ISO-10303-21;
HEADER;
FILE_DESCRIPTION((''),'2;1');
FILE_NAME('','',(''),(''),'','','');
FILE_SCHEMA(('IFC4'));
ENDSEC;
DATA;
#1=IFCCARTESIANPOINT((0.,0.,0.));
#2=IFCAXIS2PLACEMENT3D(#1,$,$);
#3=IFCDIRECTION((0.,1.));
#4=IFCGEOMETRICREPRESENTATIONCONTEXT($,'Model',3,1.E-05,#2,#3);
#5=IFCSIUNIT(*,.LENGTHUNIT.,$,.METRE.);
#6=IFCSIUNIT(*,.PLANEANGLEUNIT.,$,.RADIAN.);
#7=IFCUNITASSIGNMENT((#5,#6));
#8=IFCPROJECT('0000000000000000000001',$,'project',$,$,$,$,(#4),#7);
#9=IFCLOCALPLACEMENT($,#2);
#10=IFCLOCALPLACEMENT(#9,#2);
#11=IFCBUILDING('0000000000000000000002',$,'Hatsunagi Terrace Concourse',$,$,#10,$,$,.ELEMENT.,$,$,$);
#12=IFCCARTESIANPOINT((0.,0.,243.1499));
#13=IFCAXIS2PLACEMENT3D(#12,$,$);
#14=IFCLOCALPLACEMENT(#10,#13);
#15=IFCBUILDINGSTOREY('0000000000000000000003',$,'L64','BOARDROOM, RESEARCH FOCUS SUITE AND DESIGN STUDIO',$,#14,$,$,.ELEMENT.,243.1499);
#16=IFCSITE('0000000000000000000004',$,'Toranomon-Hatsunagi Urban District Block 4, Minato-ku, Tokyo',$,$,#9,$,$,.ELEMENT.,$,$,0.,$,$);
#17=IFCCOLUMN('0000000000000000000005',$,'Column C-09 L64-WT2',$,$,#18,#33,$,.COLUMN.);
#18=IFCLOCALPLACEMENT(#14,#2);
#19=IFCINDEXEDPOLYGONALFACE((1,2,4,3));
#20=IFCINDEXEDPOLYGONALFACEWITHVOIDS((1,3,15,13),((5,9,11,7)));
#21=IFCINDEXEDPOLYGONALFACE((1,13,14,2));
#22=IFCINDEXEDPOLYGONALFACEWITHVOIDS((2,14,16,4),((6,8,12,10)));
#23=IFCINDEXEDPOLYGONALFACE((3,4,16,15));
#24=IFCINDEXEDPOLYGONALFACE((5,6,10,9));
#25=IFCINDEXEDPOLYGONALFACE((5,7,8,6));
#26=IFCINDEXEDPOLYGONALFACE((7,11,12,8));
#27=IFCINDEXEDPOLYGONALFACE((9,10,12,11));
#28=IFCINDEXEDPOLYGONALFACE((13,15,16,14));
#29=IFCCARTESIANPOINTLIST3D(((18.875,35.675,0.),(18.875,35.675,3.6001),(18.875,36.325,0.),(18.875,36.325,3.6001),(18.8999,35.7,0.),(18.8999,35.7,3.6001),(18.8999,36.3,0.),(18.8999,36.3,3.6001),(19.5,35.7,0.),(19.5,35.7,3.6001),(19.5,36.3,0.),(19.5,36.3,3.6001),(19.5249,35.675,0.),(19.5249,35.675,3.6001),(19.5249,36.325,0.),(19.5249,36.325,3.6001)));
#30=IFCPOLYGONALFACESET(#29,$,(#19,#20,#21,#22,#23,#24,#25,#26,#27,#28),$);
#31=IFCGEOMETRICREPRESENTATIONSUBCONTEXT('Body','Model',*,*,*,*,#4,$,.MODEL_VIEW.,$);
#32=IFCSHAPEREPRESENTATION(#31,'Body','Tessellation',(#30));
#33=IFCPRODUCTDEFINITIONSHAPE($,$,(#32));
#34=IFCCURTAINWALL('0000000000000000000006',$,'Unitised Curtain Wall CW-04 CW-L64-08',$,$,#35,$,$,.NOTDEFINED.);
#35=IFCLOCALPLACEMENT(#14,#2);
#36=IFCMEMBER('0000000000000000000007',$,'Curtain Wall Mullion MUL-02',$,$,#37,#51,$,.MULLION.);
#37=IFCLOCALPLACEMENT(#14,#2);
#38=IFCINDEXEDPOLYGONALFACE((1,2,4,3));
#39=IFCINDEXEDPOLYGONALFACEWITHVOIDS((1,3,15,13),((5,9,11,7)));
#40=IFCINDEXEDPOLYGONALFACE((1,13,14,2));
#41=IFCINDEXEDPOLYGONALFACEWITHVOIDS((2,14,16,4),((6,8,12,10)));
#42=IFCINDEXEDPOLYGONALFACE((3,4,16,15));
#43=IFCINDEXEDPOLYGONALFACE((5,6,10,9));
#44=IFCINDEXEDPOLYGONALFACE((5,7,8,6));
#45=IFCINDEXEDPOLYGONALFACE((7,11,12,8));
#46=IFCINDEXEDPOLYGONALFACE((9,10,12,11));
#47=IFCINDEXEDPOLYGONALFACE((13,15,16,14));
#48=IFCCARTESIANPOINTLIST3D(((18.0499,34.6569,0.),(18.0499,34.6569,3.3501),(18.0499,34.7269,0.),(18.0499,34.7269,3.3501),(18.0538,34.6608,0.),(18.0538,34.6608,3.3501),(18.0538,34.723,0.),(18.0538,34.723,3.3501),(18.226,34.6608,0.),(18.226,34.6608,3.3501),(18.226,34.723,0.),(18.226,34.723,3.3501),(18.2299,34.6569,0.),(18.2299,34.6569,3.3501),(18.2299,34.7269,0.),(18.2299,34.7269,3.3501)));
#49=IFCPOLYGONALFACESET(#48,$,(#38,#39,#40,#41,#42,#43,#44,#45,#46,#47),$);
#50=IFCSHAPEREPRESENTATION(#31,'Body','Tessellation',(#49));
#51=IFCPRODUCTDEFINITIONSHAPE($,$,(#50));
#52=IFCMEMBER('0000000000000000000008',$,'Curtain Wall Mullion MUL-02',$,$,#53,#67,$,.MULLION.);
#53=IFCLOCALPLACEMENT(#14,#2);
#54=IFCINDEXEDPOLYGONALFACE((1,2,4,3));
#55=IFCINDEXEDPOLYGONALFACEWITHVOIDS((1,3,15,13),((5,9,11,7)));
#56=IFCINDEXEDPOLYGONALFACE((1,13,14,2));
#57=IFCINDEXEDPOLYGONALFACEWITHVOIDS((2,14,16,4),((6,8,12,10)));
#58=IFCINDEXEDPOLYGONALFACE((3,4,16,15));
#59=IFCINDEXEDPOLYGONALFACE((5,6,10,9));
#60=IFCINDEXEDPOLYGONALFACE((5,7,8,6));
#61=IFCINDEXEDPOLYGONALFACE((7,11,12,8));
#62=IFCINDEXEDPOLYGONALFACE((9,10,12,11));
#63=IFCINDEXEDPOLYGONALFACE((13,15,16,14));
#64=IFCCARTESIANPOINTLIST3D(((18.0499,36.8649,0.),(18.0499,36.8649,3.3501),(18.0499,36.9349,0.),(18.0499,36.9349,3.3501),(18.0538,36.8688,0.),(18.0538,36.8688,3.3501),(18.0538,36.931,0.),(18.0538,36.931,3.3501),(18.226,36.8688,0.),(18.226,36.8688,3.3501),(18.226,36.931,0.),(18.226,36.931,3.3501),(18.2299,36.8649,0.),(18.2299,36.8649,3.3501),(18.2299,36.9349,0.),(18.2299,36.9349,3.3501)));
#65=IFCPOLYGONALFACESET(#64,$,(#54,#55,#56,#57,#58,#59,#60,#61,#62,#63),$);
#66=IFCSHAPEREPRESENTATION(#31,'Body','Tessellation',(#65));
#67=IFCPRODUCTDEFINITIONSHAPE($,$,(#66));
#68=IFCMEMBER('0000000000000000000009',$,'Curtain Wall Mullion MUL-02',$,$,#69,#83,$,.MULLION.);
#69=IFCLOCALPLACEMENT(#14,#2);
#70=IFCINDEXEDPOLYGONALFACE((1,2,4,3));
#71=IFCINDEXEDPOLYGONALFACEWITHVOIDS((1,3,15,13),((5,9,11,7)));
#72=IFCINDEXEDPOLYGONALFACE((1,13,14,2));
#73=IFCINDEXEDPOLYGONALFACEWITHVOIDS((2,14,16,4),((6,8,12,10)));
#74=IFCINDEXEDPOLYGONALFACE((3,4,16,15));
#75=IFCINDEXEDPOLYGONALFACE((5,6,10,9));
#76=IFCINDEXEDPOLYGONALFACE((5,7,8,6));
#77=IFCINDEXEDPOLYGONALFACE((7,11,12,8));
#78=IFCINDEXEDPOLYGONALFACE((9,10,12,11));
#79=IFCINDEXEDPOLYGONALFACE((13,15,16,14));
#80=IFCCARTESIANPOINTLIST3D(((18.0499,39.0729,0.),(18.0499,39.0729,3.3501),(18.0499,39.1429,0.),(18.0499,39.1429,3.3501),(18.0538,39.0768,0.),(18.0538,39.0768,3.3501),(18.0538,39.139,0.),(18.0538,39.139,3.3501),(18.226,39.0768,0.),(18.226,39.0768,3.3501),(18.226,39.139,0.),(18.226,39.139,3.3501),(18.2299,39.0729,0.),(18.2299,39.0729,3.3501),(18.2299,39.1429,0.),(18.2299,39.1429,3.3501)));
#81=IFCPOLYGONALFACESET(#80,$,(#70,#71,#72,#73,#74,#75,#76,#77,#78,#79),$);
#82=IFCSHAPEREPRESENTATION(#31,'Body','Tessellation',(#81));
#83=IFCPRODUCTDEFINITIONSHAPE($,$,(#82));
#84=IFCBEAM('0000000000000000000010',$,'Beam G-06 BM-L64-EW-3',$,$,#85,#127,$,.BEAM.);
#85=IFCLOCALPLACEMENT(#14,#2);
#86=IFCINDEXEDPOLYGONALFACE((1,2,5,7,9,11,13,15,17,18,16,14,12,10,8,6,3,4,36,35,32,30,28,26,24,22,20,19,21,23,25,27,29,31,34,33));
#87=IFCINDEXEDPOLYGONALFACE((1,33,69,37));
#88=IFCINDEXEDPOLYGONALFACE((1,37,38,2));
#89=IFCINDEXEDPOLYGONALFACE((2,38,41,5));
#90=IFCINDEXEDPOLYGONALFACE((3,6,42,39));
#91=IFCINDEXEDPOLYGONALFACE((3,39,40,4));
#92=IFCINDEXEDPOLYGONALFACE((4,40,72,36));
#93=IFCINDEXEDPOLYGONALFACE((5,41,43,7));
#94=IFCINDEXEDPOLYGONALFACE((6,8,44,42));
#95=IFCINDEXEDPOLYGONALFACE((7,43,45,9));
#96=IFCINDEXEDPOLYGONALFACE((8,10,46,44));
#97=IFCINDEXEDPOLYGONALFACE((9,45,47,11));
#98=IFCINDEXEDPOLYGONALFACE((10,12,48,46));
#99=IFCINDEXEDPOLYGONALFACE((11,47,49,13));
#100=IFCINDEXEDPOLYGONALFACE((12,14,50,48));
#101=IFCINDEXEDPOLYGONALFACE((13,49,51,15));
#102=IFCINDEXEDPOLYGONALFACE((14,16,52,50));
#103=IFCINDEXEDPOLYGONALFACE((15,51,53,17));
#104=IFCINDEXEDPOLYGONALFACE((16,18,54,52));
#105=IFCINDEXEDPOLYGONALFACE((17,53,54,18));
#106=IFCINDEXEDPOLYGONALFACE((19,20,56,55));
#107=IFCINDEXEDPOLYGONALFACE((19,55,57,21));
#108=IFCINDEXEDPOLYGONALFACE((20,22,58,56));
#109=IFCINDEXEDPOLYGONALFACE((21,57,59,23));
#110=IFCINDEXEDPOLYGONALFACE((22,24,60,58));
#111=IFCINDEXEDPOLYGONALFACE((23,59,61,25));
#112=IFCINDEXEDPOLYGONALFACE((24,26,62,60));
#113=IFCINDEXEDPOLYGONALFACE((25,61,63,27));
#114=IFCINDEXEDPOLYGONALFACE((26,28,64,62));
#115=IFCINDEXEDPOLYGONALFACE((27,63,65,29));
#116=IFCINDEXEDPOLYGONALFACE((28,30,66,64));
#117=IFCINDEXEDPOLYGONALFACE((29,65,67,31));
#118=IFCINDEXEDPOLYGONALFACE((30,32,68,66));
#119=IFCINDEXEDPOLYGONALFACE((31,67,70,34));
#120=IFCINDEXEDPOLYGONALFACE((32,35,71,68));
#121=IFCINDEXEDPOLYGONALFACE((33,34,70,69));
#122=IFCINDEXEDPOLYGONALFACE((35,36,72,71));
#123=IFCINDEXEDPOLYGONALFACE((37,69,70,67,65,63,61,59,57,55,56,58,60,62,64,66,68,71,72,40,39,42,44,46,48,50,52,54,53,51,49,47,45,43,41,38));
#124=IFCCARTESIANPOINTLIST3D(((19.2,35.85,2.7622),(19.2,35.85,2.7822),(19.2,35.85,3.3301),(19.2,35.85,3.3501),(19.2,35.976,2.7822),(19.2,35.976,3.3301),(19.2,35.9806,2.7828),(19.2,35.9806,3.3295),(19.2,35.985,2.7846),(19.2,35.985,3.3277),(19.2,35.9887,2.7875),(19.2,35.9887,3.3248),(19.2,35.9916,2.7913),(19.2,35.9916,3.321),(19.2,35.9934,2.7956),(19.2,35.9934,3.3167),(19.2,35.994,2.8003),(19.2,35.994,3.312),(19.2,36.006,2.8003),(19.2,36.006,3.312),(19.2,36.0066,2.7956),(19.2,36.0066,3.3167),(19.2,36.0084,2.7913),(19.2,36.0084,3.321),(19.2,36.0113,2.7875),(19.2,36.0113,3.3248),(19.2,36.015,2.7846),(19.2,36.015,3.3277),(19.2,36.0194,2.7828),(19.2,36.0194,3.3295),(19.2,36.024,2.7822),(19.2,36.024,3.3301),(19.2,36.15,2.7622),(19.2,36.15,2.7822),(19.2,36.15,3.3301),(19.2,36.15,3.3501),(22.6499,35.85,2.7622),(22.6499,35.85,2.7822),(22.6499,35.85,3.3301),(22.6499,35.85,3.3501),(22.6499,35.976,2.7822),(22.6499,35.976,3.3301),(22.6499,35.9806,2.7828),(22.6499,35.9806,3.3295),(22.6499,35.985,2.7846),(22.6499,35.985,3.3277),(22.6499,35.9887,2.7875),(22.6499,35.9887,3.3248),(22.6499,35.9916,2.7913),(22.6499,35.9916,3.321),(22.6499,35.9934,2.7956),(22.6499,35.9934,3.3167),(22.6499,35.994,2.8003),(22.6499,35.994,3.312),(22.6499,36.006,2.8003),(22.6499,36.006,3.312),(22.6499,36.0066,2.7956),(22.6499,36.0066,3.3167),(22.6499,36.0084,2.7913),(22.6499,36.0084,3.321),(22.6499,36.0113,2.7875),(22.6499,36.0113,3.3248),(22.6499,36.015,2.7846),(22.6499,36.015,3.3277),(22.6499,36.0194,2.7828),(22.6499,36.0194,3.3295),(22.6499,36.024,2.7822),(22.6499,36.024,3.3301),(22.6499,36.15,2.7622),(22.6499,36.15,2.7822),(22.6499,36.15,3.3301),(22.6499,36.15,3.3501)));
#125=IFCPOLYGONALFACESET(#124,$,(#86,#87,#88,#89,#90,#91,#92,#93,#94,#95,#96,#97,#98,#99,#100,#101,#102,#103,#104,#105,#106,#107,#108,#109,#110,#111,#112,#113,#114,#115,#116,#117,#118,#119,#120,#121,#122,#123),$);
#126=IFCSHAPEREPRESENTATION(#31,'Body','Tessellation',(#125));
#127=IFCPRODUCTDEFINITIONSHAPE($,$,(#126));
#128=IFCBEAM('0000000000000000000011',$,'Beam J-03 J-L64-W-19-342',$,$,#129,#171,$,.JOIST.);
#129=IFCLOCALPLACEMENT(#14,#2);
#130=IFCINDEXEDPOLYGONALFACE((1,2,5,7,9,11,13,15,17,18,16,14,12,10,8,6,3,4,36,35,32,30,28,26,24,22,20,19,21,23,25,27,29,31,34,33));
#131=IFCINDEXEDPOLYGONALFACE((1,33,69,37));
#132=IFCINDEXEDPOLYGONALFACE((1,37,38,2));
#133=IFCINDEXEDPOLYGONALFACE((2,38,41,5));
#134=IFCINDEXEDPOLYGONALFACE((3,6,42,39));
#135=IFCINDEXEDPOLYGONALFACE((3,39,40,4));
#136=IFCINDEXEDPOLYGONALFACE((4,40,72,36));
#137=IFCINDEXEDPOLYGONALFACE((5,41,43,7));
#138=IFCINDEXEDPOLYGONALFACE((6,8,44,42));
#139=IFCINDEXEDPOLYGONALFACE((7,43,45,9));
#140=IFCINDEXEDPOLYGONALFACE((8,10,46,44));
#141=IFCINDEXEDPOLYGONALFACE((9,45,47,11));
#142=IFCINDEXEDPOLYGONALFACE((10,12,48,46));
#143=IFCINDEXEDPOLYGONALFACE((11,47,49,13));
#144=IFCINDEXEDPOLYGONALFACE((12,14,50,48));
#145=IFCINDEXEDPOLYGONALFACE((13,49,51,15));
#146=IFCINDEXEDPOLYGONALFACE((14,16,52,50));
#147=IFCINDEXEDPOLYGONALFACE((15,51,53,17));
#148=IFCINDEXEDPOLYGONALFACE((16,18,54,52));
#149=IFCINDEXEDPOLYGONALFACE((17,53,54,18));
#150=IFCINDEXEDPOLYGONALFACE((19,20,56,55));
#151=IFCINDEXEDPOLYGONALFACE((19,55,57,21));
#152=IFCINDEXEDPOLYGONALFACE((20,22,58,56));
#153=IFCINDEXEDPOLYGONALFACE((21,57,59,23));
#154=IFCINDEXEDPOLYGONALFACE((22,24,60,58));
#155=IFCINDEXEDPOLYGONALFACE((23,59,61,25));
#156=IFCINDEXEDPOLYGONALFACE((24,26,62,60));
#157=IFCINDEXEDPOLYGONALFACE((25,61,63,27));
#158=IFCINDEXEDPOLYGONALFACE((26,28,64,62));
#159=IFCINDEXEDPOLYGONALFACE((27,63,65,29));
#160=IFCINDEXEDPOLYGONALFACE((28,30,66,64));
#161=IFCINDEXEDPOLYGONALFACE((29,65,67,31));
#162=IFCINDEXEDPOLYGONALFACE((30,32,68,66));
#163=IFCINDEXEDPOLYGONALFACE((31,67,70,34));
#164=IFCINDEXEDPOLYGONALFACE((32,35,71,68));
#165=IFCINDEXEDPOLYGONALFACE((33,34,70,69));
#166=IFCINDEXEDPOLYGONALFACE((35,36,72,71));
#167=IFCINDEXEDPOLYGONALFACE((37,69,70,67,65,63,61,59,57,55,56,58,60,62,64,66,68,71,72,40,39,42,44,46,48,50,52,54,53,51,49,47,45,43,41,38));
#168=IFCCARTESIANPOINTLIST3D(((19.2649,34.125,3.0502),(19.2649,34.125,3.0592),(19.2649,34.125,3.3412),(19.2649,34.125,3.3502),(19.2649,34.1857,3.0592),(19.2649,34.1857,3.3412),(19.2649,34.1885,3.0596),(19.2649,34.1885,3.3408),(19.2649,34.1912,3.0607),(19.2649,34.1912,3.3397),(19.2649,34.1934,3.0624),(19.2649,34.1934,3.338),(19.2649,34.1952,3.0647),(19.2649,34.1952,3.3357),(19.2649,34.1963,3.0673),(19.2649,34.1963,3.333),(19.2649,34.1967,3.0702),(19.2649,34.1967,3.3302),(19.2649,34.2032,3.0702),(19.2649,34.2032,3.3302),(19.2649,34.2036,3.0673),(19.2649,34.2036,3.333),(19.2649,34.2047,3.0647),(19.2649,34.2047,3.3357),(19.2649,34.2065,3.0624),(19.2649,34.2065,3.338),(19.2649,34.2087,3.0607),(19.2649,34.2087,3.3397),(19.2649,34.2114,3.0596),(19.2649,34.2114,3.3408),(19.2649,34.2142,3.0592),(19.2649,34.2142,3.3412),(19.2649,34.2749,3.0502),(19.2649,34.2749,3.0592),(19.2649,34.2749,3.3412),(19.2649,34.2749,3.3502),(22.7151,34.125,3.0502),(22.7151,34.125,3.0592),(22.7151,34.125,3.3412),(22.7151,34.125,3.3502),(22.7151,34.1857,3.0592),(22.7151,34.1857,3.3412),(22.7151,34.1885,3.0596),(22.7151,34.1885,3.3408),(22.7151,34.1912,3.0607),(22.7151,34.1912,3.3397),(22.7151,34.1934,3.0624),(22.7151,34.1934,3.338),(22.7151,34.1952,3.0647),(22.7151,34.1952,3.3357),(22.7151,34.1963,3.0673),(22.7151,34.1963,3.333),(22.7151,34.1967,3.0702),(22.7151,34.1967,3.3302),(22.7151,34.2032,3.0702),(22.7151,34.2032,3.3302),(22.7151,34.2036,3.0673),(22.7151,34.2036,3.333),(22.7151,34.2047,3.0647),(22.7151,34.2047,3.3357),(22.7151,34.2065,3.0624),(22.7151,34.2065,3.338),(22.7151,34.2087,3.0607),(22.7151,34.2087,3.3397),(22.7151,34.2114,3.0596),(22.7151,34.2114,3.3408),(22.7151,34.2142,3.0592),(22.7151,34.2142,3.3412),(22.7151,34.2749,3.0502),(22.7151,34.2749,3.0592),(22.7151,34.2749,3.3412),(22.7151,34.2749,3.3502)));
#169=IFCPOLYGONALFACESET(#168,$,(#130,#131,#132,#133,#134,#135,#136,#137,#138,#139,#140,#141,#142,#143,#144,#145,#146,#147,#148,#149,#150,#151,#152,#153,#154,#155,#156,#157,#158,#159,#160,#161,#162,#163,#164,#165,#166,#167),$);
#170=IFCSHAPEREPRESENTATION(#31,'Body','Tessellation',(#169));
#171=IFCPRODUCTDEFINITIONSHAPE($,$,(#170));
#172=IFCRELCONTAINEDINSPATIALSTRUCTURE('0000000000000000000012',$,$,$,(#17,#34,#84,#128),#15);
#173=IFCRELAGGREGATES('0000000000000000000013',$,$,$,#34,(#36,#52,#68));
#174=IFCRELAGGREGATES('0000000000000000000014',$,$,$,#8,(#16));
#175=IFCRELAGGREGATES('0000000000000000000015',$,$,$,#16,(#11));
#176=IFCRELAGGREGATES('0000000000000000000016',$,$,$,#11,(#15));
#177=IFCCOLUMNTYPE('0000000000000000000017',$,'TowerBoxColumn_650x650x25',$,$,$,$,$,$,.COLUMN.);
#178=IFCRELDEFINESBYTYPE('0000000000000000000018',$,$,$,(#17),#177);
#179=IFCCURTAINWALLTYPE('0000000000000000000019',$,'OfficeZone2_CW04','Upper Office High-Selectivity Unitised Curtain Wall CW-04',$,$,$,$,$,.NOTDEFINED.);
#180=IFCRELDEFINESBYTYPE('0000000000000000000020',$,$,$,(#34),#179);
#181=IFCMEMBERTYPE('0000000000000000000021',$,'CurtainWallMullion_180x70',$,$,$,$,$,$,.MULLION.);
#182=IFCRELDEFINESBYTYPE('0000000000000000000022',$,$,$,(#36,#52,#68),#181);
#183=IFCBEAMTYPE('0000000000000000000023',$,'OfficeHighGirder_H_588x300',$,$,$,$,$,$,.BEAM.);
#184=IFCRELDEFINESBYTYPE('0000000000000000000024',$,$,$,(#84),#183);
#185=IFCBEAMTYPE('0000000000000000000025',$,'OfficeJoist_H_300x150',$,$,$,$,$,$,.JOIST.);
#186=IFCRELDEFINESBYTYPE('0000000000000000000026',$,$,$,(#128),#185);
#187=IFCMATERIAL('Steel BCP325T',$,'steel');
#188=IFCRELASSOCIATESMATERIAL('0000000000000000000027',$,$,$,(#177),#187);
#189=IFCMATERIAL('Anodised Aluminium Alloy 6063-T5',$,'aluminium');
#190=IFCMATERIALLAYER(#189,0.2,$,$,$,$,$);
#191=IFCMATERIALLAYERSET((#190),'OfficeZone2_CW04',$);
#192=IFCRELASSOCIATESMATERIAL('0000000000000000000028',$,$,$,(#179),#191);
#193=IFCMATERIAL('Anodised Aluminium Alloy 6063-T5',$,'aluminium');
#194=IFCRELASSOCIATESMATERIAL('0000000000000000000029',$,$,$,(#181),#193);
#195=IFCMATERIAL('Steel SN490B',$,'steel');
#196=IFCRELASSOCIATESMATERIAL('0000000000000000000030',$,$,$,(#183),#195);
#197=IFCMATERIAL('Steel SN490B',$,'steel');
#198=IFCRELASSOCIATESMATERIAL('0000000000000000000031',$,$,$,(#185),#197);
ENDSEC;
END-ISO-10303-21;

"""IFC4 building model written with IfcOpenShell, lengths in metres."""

from ifc_helpers import new_model, si_unit, direction, frame, origin, origin_2d, place, context, subcontext, project, spatial, hollow_rectangle, i_section, extrude, material, layer, layer_set, material_profile, profile_set, type_object, element, aggregate, save


model = new_model("IFC4")

# Units and contexts
model_context = context("Model", 3, precision=1e-05, world=origin(), true_north=direction((0.0, 1.0)))
body_context = subcontext(model_context, "Body", "Model", "MODEL_VIEW")
ifc_project = project(units=[si_unit("LENGTHUNIT", "METRE"), si_unit("PLANEANGLEUNIT", "RADIAN")], contexts=[model_context])

# Site, building, storey
site_placement = place(None, origin())
site = spatial("IfcSite", under=ifc_project, at=site_placement, Name="Toranomon-Hatsunagi Urban District Block 4, Minato-ku, Tokyo", CompositionType="ELEMENT", RefElevation=0.0)
building_placement = place(site_placement, origin())
building = spatial("IfcBuilding", under=site, at=building_placement, Name="Hatsunagi Terrace Concourse", CompositionType="ELEMENT")
storey_placement = place(building_placement, frame((0.0, 0.0, 243.1499)))
storey = spatial("IfcBuildingStorey", under=building, at=storey_placement, Name="L64", Description="BOARDROOM, RESEARCH FOCUS SUITE AND DESIGN STUDIO", CompositionType="ELEMENT", Elevation=243.1499)

# Column
ifc_material_1 = material(Name="Steel BCP325T", Category="steel")
ifc_material_profile_1 = material_profile(ifc_material_1, hollow_rectangle(XDim=0.6499, YDim=0.6499, WallThickness=0.0249, at=origin_2d()), Name="BCP-650x650x25")
ifc_profile_set_1 = profile_set([ifc_material_profile_1], Name="Steel BCP325T")
column_type = type_object("IfcColumnType", Name="TowerBoxColumn_650x650x25", PredefinedType="COLUMN", material=ifc_profile_set_1)
column_placement = place(storey_placement, frame((19.2, 36.0, 0.0), z_axis=(0.0, 0.0, 1.0), x_axis=(1.0, 0.0, 0.0)))
element("IfcColumn", 1, at=column_placement, inside=storey, type_object=column_type, Name="Column C-09 L64-WT2", PredefinedType="COLUMN", context=body_context, shape_type="SweptSolid", body=[
    extrude(hollow_rectangle(XDim=0.6499, YDim=0.6499, WallThickness=0.0249, at=origin_2d()), origin(), (0.0, 0.0, 1.0), 3.6001),
])

# Curtain wall, members
ifc_material_2 = material(Name="Anodised Aluminium Alloy 6063-T5", Category="aluminium")
ifc_layer_1 = layer(ifc_material_2, 0.2)
ifc_layer_set_1 = layer_set([ifc_layer_1], Name="OfficeZone2_CW04")
curtain_wall_type = type_object("IfcCurtainWallType", Name="OfficeZone2_CW04", Description="Upper Office High-Selectivity Unitised Curtain Wall CW-04", PredefinedType="NOTDEFINED", material=ifc_layer_set_1)
curtain_wall_placement = place(storey_placement, origin())
curtain_wall = element("IfcCurtainWall", 2, at=curtain_wall_placement, inside=storey, type_object=curtain_wall_type, Name="Unitised Curtain Wall CW-04 CW-L64-08", PredefinedType="NOTDEFINED")
ifc_material_3 = material(Name="Anodised Aluminium Alloy 6063-T5", Category="aluminium")
ifc_material_profile_2 = material_profile(ifc_material_3, hollow_rectangle(XDim=0.0701, YDim=0.1799, WallThickness=0.0039, at=origin_2d()), Name="ALU-MUL-180x70x4")
ifc_profile_set_2 = profile_set([ifc_material_profile_2], Name="Anodised Aluminium Alloy 6063-T5")
member_type = type_object("IfcMemberType", Name="CurtainWallMullion_180x70", PredefinedType="MULLION", material=ifc_profile_set_2)
member_1_placement = place(storey_placement, frame((18.1399, 34.6919, 0.0), z_axis=(0.0, 0.0, 1.0), x_axis=(0.0, 1.0, 0.0)))
member_1 = element("IfcMember", 3, at=member_1_placement, type_object=member_type, Name="Curtain Wall Mullion MUL-02", PredefinedType="MULLION", context=body_context, shape_type="SweptSolid", body=[
    extrude(hollow_rectangle(XDim=0.0701, YDim=0.1799, WallThickness=0.0039, at=origin_2d()), origin(), (0.0, 0.0, 1.0), 3.3501),
])
member_2_placement = place(storey_placement, frame((18.1399, 36.8999, 0.0), z_axis=(0.0, 0.0, 1.0), x_axis=(0.0, 1.0, 0.0)))
member_2 = element("IfcMember", 4, at=member_2_placement, type_object=member_type, Name="Curtain Wall Mullion MUL-02", PredefinedType="MULLION", context=body_context, shape_type="SweptSolid", body=[
    extrude(hollow_rectangle(XDim=0.0701, YDim=0.1799, WallThickness=0.0039, at=origin_2d()), origin(), (0.0, 0.0, 1.0), 3.3501),
])
member_3_placement = place(storey_placement, frame((18.1399, 39.1079, 0.0), z_axis=(0.0, 0.0, 1.0), x_axis=(0.0, 1.0, 0.0)))
member_3 = element("IfcMember", 5, at=member_3_placement, type_object=member_type, Name="Curtain Wall Mullion MUL-02", PredefinedType="MULLION", context=body_context, shape_type="SweptSolid", body=[
    extrude(hollow_rectangle(XDim=0.0701, YDim=0.1799, WallThickness=0.0039, at=origin_2d()), origin(), (0.0, 0.0, 1.0), 3.3501),
])

# Beams
ifc_material_4 = material(Name="Steel SN490B", Category="steel")
ifc_material_profile_3 = material_profile(ifc_material_4, i_section(OverallWidth=0.3, OverallDepth=0.5879, WebThickness=0.012, FlangeThickness=0.02, FilletRadius=0.0181, at=origin_2d()), Name="H-588x300x12x20")
ifc_profile_set_3 = profile_set([ifc_material_profile_3], Name="Steel SN490B")
beam_type_1 = type_object("IfcBeamType", Name="OfficeHighGirder_H_588x300", PredefinedType="BEAM", material=ifc_profile_set_3)
beam_1_placement = place(storey_placement, frame((19.2, 36.0, 3.0562), z_axis=(1.0, 0.0, 0.0), x_axis=(0.0, 1.0, 0.0)))
element("IfcBeam", 6, at=beam_1_placement, inside=storey, type_object=beam_type_1, Name="Beam G-06 BM-L64-EW-3", PredefinedType="BEAM", context=body_context, shape_type="SweptSolid", body=[
    extrude(i_section(OverallWidth=0.3, OverallDepth=0.5879, WebThickness=0.012, FlangeThickness=0.02, FilletRadius=0.0181, at=origin_2d()), origin(), (0.0, 0.0, 1.0), 3.45),
])
ifc_material_5 = material(Name="Steel SN490B", Category="steel")
ifc_material_profile_4 = material_profile(ifc_material_5, i_section(OverallWidth=0.1499, OverallDepth=0.3, WebThickness=0.0066, FlangeThickness=0.009, FilletRadius=0.011, at=origin_2d()), Name="H-300x150x6.5x9")
ifc_profile_set_4 = profile_set([ifc_material_profile_4], Name="Steel SN490B")
beam_type_2 = type_object("IfcBeamType", Name="OfficeJoist_H_300x150", PredefinedType="JOIST", material=ifc_profile_set_4)
for number, where, z_axis, x_axis, name in (
    (7, (19.2649, 34.2, 3.2002), (1.0, 0.0, 0.0), (0.0, 1.0, 0.0), "Beam J-03 J-L64-W-19-342"),
):
    element("IfcBeam", number, at=place(storey_placement, frame(where, z_axis=z_axis, x_axis=x_axis)), inside=storey, type_object=beam_type_2, Name=name, PredefinedType="JOIST", context=body_context, shape_type="SweptSolid", body=[
        extrude(i_section(OverallWidth=0.1499, OverallDepth=0.3, WebThickness=0.0066, FlangeThickness=0.009, FilletRadius=0.011, at=origin_2d()), origin(), (0.0, 0.0, 1.0), 3.4502),
    ])

aggregate(curtain_wall, [member_1, member_2, member_3])

save(model, "model.ifc")
